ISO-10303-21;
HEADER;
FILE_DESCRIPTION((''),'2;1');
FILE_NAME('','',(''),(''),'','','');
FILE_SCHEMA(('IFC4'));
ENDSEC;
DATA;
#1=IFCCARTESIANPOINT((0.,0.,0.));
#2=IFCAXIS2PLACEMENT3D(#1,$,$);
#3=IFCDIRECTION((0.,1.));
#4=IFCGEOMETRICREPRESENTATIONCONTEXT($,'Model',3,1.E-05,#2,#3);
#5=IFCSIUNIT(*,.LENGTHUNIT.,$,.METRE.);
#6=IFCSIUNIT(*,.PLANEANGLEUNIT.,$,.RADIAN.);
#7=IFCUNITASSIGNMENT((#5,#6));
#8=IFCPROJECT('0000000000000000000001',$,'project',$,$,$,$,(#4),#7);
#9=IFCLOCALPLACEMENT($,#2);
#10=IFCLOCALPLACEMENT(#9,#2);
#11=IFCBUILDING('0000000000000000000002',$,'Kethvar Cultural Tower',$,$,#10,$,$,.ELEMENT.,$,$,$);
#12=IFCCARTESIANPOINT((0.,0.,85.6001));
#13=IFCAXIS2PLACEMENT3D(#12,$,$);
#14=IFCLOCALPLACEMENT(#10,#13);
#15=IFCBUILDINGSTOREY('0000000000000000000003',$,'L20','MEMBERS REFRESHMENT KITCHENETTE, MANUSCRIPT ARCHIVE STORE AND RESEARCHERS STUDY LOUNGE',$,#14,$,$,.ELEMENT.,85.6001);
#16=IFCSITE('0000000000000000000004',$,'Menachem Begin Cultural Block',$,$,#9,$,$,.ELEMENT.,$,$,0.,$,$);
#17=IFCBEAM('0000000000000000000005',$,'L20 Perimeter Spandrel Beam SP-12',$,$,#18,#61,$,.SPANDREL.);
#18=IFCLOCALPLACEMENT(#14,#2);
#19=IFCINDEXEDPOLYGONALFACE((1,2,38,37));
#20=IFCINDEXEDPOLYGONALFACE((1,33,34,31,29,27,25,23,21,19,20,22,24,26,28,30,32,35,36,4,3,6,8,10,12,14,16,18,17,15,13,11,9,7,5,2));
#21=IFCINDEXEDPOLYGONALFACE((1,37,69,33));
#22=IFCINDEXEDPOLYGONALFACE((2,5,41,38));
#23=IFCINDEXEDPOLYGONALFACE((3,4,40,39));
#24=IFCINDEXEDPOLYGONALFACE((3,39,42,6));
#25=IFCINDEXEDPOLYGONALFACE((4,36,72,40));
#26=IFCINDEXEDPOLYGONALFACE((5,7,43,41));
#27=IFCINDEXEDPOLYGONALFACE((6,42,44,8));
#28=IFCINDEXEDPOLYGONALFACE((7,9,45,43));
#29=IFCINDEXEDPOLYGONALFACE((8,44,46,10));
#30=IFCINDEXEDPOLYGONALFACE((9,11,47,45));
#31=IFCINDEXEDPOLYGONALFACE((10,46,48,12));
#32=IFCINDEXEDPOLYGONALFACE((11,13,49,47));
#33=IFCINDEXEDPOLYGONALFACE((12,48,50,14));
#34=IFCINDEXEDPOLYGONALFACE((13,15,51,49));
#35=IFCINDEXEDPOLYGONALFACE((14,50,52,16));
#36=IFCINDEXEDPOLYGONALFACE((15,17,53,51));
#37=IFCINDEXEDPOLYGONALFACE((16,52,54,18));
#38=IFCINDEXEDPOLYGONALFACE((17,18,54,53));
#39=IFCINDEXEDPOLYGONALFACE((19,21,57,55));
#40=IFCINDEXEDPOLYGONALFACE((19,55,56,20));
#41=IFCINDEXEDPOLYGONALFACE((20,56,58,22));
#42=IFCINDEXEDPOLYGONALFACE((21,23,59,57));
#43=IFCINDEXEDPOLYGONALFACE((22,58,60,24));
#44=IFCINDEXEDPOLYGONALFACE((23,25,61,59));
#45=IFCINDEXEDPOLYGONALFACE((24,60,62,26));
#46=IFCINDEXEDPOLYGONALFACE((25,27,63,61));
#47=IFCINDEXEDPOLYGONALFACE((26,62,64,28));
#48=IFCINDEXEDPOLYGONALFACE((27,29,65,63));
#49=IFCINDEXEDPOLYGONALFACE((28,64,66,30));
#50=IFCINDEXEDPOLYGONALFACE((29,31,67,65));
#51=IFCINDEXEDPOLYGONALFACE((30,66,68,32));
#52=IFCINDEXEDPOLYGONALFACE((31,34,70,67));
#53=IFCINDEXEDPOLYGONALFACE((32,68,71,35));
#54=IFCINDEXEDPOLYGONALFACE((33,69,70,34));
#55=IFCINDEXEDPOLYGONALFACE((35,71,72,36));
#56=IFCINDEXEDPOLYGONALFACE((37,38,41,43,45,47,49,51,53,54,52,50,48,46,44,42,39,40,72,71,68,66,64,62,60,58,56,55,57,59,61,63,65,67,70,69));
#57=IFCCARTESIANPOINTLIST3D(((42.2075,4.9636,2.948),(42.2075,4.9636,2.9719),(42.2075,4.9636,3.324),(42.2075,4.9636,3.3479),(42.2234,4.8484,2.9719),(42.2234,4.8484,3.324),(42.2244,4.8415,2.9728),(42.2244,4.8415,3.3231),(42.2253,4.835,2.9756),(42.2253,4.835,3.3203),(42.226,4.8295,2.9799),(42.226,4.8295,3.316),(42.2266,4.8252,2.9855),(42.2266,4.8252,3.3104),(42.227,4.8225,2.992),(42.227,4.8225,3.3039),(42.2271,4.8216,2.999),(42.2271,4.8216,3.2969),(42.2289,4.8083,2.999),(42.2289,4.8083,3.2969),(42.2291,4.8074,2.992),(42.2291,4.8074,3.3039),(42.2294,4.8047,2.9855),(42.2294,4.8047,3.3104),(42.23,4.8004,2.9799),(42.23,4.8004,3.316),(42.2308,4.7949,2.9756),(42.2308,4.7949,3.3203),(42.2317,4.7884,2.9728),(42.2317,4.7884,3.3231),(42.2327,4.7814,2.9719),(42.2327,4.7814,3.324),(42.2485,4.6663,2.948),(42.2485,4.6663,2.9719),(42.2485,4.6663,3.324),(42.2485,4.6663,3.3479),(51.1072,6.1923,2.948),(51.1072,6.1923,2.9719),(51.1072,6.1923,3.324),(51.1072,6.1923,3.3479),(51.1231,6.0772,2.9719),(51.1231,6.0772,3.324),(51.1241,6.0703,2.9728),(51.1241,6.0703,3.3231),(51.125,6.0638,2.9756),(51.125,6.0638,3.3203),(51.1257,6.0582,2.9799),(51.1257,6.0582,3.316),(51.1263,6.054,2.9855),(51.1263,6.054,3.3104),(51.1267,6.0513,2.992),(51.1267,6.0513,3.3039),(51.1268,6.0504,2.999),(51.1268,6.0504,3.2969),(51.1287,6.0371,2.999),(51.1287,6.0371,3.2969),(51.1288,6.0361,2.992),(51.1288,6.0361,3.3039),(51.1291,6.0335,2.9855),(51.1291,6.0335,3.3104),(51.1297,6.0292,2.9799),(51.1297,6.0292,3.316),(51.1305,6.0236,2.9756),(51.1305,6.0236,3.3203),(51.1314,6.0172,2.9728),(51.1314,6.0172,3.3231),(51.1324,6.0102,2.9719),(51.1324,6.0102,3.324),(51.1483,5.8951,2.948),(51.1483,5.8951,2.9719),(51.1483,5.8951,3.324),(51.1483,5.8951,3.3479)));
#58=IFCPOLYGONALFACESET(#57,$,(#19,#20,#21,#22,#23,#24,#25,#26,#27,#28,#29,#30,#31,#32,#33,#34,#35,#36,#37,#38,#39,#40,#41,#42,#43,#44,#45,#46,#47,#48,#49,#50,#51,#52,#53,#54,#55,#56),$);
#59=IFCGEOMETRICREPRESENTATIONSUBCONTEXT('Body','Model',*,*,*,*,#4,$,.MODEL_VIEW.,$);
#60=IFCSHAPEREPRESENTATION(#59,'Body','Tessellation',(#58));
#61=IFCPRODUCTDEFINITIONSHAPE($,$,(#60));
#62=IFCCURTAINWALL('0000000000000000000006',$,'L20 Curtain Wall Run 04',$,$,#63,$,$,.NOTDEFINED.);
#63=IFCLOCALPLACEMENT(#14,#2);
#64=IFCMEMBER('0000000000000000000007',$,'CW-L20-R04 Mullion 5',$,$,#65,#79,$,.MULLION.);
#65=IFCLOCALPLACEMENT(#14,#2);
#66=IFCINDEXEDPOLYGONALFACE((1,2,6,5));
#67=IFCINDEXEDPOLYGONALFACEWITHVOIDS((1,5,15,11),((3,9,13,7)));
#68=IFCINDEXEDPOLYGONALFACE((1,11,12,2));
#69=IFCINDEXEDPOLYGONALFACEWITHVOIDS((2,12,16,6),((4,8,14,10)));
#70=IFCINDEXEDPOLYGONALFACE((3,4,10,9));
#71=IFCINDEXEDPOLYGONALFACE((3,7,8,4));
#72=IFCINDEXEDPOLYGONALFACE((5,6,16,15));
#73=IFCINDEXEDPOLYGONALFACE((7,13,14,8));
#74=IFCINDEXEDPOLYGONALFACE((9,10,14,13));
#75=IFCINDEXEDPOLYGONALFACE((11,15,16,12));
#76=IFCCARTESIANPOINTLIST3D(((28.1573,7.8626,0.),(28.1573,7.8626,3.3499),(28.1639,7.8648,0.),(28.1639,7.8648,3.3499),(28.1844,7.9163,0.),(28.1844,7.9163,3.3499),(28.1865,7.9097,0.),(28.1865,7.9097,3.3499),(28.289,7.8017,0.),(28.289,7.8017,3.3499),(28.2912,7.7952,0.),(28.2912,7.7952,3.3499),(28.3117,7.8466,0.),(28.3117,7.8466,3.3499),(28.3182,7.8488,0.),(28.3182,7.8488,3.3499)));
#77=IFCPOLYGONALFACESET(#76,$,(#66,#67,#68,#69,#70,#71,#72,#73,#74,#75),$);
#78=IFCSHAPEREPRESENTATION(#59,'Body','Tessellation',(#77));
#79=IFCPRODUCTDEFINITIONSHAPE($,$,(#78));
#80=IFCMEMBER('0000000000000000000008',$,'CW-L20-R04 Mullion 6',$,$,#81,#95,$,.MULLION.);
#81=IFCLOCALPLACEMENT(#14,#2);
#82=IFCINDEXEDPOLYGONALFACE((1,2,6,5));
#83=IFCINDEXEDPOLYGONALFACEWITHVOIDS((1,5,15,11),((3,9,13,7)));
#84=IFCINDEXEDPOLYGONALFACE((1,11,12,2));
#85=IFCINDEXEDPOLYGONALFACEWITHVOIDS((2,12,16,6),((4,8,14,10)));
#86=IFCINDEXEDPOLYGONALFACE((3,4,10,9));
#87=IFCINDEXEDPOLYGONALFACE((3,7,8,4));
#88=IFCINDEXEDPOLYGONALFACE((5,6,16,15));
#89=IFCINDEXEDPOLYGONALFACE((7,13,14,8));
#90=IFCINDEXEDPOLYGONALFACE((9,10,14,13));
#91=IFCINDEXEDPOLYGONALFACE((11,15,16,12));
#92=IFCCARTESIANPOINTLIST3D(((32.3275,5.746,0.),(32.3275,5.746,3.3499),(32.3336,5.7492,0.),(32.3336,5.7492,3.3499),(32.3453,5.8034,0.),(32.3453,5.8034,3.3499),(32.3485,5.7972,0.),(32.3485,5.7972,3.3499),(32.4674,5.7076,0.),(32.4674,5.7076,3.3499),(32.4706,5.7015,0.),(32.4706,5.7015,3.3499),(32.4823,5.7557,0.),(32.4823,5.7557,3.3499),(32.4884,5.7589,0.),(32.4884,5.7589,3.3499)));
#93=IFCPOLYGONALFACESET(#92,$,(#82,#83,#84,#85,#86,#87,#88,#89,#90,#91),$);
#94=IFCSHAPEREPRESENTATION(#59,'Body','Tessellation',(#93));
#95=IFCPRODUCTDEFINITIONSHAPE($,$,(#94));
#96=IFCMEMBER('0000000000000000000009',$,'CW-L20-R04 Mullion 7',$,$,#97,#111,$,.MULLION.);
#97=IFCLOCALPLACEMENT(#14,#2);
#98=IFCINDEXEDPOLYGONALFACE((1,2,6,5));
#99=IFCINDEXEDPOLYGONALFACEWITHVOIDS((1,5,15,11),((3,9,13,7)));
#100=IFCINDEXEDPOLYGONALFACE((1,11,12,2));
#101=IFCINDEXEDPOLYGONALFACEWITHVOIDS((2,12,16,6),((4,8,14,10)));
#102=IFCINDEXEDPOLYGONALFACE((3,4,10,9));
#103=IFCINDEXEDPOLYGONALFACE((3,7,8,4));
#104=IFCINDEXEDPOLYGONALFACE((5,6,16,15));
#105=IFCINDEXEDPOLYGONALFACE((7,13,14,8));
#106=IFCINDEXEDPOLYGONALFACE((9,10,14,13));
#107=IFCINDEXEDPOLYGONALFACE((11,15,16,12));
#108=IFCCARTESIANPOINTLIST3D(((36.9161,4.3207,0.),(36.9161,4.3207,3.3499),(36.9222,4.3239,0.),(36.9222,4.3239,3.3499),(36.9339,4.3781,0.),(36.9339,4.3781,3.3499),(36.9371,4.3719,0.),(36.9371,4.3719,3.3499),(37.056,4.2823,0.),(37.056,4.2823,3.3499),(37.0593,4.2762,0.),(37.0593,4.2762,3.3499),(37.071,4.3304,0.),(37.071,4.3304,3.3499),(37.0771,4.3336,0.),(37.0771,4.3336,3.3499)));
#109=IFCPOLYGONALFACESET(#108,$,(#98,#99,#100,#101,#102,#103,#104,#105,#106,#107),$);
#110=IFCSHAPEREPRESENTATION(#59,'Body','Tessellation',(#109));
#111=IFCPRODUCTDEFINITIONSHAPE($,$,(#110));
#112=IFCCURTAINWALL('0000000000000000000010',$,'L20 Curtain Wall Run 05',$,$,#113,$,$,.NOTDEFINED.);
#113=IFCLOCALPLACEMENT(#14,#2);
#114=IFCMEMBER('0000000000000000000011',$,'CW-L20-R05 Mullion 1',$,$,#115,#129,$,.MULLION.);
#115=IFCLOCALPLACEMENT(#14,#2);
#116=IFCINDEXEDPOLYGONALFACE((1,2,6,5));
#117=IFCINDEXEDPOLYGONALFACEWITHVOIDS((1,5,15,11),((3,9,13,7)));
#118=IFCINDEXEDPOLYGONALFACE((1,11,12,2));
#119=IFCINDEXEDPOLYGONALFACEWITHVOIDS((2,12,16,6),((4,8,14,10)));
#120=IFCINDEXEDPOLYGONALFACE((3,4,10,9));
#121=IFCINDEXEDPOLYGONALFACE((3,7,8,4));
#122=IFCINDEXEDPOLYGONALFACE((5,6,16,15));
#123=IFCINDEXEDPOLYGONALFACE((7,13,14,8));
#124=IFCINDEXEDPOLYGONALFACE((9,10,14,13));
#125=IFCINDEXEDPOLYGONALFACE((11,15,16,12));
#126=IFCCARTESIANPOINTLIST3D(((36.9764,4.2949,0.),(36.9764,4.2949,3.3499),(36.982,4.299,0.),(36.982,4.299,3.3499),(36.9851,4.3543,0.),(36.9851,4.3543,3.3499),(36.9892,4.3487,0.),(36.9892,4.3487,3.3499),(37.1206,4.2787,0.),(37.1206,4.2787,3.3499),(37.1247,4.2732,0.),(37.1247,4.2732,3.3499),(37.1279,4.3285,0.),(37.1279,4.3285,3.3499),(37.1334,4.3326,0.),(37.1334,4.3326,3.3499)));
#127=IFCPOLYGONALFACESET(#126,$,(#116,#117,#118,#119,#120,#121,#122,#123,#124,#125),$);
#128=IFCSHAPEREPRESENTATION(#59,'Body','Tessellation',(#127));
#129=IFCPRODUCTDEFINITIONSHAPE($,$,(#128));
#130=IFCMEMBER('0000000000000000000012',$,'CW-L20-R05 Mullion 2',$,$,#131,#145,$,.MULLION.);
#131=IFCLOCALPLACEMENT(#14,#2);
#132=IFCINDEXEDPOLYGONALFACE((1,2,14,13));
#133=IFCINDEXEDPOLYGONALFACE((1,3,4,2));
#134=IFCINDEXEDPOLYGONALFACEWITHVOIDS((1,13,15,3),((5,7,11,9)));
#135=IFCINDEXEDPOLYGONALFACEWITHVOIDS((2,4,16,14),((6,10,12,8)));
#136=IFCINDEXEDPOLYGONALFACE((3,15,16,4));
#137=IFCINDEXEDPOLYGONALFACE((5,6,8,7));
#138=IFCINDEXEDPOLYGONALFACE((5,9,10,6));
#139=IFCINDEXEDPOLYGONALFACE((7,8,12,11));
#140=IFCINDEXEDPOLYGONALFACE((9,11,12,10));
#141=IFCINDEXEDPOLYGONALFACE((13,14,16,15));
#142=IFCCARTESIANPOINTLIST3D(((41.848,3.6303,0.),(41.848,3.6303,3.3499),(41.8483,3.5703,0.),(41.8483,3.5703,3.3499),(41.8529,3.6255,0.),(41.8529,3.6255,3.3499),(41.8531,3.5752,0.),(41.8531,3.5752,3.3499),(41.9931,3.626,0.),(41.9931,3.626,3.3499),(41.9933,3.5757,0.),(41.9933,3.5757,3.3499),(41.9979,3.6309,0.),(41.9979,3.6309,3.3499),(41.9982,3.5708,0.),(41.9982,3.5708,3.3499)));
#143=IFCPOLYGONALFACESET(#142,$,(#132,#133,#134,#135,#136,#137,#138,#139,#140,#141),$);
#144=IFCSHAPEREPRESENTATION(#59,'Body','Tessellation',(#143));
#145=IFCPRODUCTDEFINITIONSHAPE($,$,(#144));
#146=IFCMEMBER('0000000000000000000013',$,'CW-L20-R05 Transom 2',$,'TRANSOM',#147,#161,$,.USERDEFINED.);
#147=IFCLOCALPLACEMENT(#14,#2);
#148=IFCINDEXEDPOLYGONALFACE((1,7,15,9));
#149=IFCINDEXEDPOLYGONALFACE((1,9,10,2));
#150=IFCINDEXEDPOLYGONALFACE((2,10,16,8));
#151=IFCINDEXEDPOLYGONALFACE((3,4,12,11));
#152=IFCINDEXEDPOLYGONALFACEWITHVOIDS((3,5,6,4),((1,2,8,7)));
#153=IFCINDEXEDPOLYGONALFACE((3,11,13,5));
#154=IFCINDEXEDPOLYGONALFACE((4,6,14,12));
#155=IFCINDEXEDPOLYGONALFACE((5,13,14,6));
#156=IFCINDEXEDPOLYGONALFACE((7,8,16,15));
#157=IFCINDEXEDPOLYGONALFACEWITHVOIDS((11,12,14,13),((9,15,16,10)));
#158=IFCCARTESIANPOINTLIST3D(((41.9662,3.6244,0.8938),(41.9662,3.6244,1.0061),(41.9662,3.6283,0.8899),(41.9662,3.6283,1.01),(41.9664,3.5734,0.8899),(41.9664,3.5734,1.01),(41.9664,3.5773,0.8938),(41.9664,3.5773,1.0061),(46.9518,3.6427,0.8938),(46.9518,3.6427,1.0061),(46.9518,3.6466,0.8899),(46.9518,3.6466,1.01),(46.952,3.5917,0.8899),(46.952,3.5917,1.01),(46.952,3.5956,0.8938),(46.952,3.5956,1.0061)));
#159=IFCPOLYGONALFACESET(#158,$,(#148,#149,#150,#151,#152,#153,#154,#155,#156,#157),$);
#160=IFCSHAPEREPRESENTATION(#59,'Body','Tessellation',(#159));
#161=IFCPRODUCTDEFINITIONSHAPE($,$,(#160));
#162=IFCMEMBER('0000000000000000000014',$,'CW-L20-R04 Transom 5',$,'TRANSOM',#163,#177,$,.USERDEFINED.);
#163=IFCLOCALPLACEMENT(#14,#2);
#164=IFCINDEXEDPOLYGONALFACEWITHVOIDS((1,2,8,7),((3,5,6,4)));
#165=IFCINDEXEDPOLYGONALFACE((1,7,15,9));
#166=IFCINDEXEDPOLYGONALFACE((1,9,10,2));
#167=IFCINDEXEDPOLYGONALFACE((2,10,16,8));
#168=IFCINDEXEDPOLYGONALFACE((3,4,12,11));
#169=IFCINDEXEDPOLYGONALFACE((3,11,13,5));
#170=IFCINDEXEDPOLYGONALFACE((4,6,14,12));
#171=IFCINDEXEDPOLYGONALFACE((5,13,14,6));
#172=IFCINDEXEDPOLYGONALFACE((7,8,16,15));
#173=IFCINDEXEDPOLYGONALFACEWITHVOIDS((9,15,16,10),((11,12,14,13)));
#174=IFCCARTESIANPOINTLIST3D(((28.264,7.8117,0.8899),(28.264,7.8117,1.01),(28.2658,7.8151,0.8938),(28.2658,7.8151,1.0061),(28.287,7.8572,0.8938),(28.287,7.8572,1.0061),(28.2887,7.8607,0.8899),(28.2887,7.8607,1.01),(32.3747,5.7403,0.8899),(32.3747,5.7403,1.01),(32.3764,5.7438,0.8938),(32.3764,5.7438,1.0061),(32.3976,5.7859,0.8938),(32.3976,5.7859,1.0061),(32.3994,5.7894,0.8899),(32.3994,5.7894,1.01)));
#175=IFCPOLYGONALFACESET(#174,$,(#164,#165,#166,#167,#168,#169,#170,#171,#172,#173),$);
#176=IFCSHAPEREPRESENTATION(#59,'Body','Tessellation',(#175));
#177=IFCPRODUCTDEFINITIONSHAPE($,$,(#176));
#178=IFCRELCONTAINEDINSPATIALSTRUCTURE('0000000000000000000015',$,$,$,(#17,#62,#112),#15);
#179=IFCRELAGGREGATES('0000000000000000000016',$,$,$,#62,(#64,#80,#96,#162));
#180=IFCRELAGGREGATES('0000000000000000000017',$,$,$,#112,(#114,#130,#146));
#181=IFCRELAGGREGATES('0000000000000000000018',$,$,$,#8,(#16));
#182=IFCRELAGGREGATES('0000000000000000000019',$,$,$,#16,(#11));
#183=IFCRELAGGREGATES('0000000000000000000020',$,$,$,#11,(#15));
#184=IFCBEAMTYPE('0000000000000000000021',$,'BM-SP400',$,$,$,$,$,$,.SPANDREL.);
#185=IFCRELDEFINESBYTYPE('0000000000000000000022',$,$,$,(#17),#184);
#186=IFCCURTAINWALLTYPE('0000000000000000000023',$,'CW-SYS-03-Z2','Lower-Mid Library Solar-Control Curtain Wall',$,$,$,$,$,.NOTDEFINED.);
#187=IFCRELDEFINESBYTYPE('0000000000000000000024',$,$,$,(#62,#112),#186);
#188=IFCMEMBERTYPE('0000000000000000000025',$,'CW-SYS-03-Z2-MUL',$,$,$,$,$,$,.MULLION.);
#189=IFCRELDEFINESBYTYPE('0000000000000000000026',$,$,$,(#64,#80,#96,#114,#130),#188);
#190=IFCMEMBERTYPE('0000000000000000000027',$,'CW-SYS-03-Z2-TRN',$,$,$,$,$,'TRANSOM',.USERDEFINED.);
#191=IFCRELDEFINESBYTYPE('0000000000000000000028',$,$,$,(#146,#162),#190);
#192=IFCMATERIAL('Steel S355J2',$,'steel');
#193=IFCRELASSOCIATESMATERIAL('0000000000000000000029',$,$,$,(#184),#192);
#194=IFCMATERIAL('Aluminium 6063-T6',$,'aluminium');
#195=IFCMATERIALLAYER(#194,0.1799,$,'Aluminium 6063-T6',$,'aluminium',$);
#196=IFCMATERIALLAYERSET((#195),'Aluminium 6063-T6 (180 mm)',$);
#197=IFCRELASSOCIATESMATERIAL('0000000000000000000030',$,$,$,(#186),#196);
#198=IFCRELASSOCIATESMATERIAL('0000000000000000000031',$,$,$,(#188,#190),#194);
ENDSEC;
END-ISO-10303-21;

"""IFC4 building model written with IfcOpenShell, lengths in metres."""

from ifc_helpers import new_model, si_unit, direction, frame, origin, origin_2d, place, context, subcontext, project, spatial, hollow_rectangle, i_section, extrude, source, transform, mapped, material, layer, layer_set, material_profile, profile_set, type_object, element, aggregate, save


model = new_model("IFC4")

# Units and contexts
model_context = context("Model", 3, precision=1e-05, world=origin(), true_north=direction((0.0, 1.0)))
body_context = subcontext(model_context, "Body", "Model", "MODEL_VIEW")
ifc_project = project(units=[si_unit("LENGTHUNIT", "METRE"), si_unit("PLANEANGLEUNIT", "RADIAN")], contexts=[model_context])

# Site, building, storey
site_placement = place(None, origin())
site = spatial("IfcSite", under=ifc_project, at=site_placement, Name="Menachem Begin Cultural Block", CompositionType="ELEMENT", RefElevation=0.0)
building_placement = place(site_placement, origin())
building = spatial("IfcBuilding", under=site, at=building_placement, Name="Kethvar Cultural Tower", CompositionType="ELEMENT")
storey_placement = place(building_placement, frame((0.0, 0.0, 85.6001)))
storey = spatial("IfcBuildingStorey", under=building, at=storey_placement, Name="L20", Description="MEMBERS REFRESHMENT KITCHENETTE, MANUSCRIPT ARCHIVE STORE AND RESEARCHERS STUDY LOUNGE", CompositionType="ELEMENT", Elevation=85.6001)

# Beam
ifc_material_1 = material(Name="Steel S355J2", Category="steel")
ifc_material_profile_1 = material_profile(ifc_material_1, i_section(OverallWidth=0.3, OverallDepth=0.3999, WebThickness=0.0134, FlangeThickness=0.0239, FilletRadius=0.0271, at=origin_2d()), Name="Steel S355J2 — HEB400")
ifc_profile_set_1 = profile_set([ifc_material_profile_1], Name="Steel S355J2 — HEB400")
beam_type_1 = type_object("IfcBeamType", Name="BM-SP400", PredefinedType="SPANDREL", material=ifc_profile_set_1)
shared_shape_1 = source(origin(), body_context, "Body", "SweptSolid", [
    extrude(i_section(OverallWidth=0.3, OverallDepth=0.3999, WebThickness=0.0134, FlangeThickness=0.0239, FilletRadius=0.0271, at=origin_2d()), origin(), (0.0, 0.0, 1.0), 8.9841),
])
beam_1_placement = place(storey_placement, frame((42.228, 4.8149, 3.1479), z_axis=(0.990603, 0.136771, 0.0), x_axis=(-0.136771, 0.990603, 0.0)))
element("IfcBeam", 1, at=beam_1_placement, inside=storey, type_object=beam_type_1, Name="L20 Perimeter Spandrel Beam SP-12", PredefinedType="SPANDREL", context=body_context, shape_type="MappedRepresentation", body=[
    mapped(shared_shape_1, transform((0.0, 0.0, 0.0), scale=1.0)),
])

# Curtain walls, members
ifc_material_2 = material(Name="Aluminium 6063-T6", Category="aluminium")
ifc_layer_1 = layer(ifc_material_2, 0.1799, Name="Aluminium 6063-T6", Category="aluminium")
ifc_layer_set_1 = layer_set([ifc_layer_1], Name="Aluminium 6063-T6 (180 mm)")
curtain_wall_type = type_object("IfcCurtainWallType", Name="CW-SYS-03-Z2", Description="Lower-Mid Library Solar-Control Curtain Wall", PredefinedType="NOTDEFINED", material=ifc_layer_set_1)
curtain_wall_1_placement = place(storey_placement, origin())
curtain_wall_1 = element("IfcCurtainWall", 2, at=curtain_wall_1_placement, inside=storey, type_object=curtain_wall_type, Name="L20 Curtain Wall Run 04", PredefinedType="NOTDEFINED")
ifc_material_profile_2 = material_profile(ifc_material_2, hollow_rectangle(XDim=0.0601, YDim=0.1499, WallThickness=0.0049, at=origin_2d()), Name="Aluminium 6063-T6 — RHS150x60x5")
ifc_profile_set_2 = profile_set([ifc_material_profile_2], Name="Aluminium 6063-T6 — RHS150x60x5")
member_type_1 = type_object("IfcMemberType", Name="CW-SYS-03-Z2-MUL", PredefinedType="MULLION", material=ifc_profile_set_2)
shared_shape_2 = source(origin(), body_context, "Body", "SweptSolid", [
    extrude(hollow_rectangle(XDim=0.0601, YDim=0.1499, WallThickness=0.0049, at=origin_2d()), origin(), (0.0, 0.0, 1.0), 3.3499),
])
member_1_placement = place(storey_placement, frame((28.2378, 7.8557, 0.0), z_axis=(0.0, 0.0, 1.0), x_axis=(0.450005, 0.893026, 0.0)))
member_1 = element("IfcMember", 3, at=member_1_placement, type_object=member_type_1, Name="CW-L20-R04 Mullion 5", PredefinedType="MULLION", context=body_context, shape_type="MappedRepresentation", body=[
    mapped(shared_shape_2, transform((0.0, 0.0, 0.0), scale=1.0)),
])
member_2_placement = place(storey_placement, frame((32.408, 5.7524, 0.0), z_axis=(0.0, 0.0, 1.0), x_axis=(0.296658, 0.954984, 0.0)))
member_2 = element("IfcMember", 4, at=member_2_placement, type_object=member_type_1, Name="CW-L20-R04 Mullion 6", PredefinedType="MULLION", context=body_context, shape_type="MappedRepresentation", body=[
    mapped(shared_shape_2, transform((0.0, 0.0, 0.0), scale=1.0)),
])
member_3_placement = place(storey_placement, frame((36.9966, 4.3271, 0.0), z_axis=(0.0, 0.0, 1.0), x_axis=(0.296658, 0.954984, 0.0)))
member_3 = element("IfcMember", 5, at=member_3_placement, type_object=member_type_1, Name="CW-L20-R04 Mullion 7", PredefinedType="MULLION", context=body_context, shape_type="MappedRepresentation", body=[
    mapped(shared_shape_2, transform((0.0, 0.0, 0.0), scale=1.0)),
])
curtain_wall_2_placement = place(storey_placement, origin())
curtain_wall_2 = element("IfcCurtainWall", 6, at=curtain_wall_2_placement, inside=storey, type_object=curtain_wall_type, Name="L20 Curtain Wall Run 05", PredefinedType="NOTDEFINED")
member_4_placement = place(storey_placement, frame((37.0549, 4.3137, 0.0), z_axis=(0.0, 0.0, 1.0), x_axis=(0.144684, 0.989478, 0.0)))
member_4 = element("IfcMember", 7, at=member_4_placement, type_object=member_type_1, Name="CW-L20-R05 Mullion 1", PredefinedType="MULLION", context=body_context, shape_type="MappedRepresentation", body=[
    mapped(shared_shape_2, transform((0.0, 0.0, 0.0), scale=1.0)),
])
member_5_placement = place(storey_placement, frame((41.9231, 3.6006, 0.0), z_axis=(0.0, 0.0, 1.0), x_axis=(-0.003683, 0.999993, 0.0)))
member_5 = element("IfcMember", 8, at=member_5_placement, type_object=member_type_1, Name="CW-L20-R05 Mullion 2", PredefinedType="MULLION", context=body_context, shape_type="MappedRepresentation", body=[
    mapped(shared_shape_2, transform((0.0, 0.0, 0.0), scale=1.0)),
])
ifc_material_profile_3 = material_profile(ifc_material_2, hollow_rectangle(XDim=0.0549, YDim=0.1201, WallThickness=0.0039, at=origin_2d()), Name="Aluminium 6063-T6 — RHS120x55x4")
ifc_profile_set_3 = profile_set([ifc_material_profile_3], Name="Aluminium 6063-T6 — RHS120x55x4")
member_type_2 = type_object("IfcMemberType", Name="CW-SYS-03-Z2-TRN", ElementType="TRANSOM", PredefinedType="USERDEFINED", material=ifc_profile_set_3)
shared_shape_3 = source(origin(), body_context, "Body", "SweptSolid", [
    extrude(hollow_rectangle(XDim=0.0549, YDim=0.1201, WallThickness=0.0039, at=origin_2d()), origin(), (0.0, 0.0, 1.0), 4.9856),
])
member_6_placement = place(storey_placement, frame((41.9663, 3.6008, 0.95), z_axis=(0.999993, 0.003673, 0.0), x_axis=(-0.003673, 0.999993, 0.0)))
member_6 = element("IfcMember", 9, at=member_6_placement, type_object=member_type_2, Name="CW-L20-R05 Transom 2", ObjectType="TRANSOM", PredefinedType="USERDEFINED", context=body_context, shape_type="MappedRepresentation", body=[
    mapped(shared_shape_3, transform((0.0, 0.0, 0.0), scale=1.0)),
])

# Member
shared_shape_4 = source(origin(), body_context, "Body", "SweptSolid", [
    extrude(hollow_rectangle(XDim=0.0549, YDim=0.1201, WallThickness=0.0039, at=origin_2d()), origin(), (0.0, 0.0, 1.0), 4.603),
])
member_7_placement = place(storey_placement, frame((28.2764, 7.8362, 0.95), z_axis=(0.893033, -0.449991, 0.0), x_axis=(0.449991, 0.893033, 0.0)))
member_7 = element("IfcMember", 10, at=member_7_placement, type_object=member_type_2, Name="CW-L20-R04 Transom 5", ObjectType="TRANSOM", PredefinedType="USERDEFINED", context=body_context, shape_type="MappedRepresentation", body=[
    mapped(shared_shape_4, transform((0.0, 0.0, 0.0), scale=1.0)),
])

aggregate(curtain_wall_1, [member_1, member_2, member_3, member_7])
aggregate(curtain_wall_2, [member_4, member_5, member_6])

save(model, "model.ifc")
